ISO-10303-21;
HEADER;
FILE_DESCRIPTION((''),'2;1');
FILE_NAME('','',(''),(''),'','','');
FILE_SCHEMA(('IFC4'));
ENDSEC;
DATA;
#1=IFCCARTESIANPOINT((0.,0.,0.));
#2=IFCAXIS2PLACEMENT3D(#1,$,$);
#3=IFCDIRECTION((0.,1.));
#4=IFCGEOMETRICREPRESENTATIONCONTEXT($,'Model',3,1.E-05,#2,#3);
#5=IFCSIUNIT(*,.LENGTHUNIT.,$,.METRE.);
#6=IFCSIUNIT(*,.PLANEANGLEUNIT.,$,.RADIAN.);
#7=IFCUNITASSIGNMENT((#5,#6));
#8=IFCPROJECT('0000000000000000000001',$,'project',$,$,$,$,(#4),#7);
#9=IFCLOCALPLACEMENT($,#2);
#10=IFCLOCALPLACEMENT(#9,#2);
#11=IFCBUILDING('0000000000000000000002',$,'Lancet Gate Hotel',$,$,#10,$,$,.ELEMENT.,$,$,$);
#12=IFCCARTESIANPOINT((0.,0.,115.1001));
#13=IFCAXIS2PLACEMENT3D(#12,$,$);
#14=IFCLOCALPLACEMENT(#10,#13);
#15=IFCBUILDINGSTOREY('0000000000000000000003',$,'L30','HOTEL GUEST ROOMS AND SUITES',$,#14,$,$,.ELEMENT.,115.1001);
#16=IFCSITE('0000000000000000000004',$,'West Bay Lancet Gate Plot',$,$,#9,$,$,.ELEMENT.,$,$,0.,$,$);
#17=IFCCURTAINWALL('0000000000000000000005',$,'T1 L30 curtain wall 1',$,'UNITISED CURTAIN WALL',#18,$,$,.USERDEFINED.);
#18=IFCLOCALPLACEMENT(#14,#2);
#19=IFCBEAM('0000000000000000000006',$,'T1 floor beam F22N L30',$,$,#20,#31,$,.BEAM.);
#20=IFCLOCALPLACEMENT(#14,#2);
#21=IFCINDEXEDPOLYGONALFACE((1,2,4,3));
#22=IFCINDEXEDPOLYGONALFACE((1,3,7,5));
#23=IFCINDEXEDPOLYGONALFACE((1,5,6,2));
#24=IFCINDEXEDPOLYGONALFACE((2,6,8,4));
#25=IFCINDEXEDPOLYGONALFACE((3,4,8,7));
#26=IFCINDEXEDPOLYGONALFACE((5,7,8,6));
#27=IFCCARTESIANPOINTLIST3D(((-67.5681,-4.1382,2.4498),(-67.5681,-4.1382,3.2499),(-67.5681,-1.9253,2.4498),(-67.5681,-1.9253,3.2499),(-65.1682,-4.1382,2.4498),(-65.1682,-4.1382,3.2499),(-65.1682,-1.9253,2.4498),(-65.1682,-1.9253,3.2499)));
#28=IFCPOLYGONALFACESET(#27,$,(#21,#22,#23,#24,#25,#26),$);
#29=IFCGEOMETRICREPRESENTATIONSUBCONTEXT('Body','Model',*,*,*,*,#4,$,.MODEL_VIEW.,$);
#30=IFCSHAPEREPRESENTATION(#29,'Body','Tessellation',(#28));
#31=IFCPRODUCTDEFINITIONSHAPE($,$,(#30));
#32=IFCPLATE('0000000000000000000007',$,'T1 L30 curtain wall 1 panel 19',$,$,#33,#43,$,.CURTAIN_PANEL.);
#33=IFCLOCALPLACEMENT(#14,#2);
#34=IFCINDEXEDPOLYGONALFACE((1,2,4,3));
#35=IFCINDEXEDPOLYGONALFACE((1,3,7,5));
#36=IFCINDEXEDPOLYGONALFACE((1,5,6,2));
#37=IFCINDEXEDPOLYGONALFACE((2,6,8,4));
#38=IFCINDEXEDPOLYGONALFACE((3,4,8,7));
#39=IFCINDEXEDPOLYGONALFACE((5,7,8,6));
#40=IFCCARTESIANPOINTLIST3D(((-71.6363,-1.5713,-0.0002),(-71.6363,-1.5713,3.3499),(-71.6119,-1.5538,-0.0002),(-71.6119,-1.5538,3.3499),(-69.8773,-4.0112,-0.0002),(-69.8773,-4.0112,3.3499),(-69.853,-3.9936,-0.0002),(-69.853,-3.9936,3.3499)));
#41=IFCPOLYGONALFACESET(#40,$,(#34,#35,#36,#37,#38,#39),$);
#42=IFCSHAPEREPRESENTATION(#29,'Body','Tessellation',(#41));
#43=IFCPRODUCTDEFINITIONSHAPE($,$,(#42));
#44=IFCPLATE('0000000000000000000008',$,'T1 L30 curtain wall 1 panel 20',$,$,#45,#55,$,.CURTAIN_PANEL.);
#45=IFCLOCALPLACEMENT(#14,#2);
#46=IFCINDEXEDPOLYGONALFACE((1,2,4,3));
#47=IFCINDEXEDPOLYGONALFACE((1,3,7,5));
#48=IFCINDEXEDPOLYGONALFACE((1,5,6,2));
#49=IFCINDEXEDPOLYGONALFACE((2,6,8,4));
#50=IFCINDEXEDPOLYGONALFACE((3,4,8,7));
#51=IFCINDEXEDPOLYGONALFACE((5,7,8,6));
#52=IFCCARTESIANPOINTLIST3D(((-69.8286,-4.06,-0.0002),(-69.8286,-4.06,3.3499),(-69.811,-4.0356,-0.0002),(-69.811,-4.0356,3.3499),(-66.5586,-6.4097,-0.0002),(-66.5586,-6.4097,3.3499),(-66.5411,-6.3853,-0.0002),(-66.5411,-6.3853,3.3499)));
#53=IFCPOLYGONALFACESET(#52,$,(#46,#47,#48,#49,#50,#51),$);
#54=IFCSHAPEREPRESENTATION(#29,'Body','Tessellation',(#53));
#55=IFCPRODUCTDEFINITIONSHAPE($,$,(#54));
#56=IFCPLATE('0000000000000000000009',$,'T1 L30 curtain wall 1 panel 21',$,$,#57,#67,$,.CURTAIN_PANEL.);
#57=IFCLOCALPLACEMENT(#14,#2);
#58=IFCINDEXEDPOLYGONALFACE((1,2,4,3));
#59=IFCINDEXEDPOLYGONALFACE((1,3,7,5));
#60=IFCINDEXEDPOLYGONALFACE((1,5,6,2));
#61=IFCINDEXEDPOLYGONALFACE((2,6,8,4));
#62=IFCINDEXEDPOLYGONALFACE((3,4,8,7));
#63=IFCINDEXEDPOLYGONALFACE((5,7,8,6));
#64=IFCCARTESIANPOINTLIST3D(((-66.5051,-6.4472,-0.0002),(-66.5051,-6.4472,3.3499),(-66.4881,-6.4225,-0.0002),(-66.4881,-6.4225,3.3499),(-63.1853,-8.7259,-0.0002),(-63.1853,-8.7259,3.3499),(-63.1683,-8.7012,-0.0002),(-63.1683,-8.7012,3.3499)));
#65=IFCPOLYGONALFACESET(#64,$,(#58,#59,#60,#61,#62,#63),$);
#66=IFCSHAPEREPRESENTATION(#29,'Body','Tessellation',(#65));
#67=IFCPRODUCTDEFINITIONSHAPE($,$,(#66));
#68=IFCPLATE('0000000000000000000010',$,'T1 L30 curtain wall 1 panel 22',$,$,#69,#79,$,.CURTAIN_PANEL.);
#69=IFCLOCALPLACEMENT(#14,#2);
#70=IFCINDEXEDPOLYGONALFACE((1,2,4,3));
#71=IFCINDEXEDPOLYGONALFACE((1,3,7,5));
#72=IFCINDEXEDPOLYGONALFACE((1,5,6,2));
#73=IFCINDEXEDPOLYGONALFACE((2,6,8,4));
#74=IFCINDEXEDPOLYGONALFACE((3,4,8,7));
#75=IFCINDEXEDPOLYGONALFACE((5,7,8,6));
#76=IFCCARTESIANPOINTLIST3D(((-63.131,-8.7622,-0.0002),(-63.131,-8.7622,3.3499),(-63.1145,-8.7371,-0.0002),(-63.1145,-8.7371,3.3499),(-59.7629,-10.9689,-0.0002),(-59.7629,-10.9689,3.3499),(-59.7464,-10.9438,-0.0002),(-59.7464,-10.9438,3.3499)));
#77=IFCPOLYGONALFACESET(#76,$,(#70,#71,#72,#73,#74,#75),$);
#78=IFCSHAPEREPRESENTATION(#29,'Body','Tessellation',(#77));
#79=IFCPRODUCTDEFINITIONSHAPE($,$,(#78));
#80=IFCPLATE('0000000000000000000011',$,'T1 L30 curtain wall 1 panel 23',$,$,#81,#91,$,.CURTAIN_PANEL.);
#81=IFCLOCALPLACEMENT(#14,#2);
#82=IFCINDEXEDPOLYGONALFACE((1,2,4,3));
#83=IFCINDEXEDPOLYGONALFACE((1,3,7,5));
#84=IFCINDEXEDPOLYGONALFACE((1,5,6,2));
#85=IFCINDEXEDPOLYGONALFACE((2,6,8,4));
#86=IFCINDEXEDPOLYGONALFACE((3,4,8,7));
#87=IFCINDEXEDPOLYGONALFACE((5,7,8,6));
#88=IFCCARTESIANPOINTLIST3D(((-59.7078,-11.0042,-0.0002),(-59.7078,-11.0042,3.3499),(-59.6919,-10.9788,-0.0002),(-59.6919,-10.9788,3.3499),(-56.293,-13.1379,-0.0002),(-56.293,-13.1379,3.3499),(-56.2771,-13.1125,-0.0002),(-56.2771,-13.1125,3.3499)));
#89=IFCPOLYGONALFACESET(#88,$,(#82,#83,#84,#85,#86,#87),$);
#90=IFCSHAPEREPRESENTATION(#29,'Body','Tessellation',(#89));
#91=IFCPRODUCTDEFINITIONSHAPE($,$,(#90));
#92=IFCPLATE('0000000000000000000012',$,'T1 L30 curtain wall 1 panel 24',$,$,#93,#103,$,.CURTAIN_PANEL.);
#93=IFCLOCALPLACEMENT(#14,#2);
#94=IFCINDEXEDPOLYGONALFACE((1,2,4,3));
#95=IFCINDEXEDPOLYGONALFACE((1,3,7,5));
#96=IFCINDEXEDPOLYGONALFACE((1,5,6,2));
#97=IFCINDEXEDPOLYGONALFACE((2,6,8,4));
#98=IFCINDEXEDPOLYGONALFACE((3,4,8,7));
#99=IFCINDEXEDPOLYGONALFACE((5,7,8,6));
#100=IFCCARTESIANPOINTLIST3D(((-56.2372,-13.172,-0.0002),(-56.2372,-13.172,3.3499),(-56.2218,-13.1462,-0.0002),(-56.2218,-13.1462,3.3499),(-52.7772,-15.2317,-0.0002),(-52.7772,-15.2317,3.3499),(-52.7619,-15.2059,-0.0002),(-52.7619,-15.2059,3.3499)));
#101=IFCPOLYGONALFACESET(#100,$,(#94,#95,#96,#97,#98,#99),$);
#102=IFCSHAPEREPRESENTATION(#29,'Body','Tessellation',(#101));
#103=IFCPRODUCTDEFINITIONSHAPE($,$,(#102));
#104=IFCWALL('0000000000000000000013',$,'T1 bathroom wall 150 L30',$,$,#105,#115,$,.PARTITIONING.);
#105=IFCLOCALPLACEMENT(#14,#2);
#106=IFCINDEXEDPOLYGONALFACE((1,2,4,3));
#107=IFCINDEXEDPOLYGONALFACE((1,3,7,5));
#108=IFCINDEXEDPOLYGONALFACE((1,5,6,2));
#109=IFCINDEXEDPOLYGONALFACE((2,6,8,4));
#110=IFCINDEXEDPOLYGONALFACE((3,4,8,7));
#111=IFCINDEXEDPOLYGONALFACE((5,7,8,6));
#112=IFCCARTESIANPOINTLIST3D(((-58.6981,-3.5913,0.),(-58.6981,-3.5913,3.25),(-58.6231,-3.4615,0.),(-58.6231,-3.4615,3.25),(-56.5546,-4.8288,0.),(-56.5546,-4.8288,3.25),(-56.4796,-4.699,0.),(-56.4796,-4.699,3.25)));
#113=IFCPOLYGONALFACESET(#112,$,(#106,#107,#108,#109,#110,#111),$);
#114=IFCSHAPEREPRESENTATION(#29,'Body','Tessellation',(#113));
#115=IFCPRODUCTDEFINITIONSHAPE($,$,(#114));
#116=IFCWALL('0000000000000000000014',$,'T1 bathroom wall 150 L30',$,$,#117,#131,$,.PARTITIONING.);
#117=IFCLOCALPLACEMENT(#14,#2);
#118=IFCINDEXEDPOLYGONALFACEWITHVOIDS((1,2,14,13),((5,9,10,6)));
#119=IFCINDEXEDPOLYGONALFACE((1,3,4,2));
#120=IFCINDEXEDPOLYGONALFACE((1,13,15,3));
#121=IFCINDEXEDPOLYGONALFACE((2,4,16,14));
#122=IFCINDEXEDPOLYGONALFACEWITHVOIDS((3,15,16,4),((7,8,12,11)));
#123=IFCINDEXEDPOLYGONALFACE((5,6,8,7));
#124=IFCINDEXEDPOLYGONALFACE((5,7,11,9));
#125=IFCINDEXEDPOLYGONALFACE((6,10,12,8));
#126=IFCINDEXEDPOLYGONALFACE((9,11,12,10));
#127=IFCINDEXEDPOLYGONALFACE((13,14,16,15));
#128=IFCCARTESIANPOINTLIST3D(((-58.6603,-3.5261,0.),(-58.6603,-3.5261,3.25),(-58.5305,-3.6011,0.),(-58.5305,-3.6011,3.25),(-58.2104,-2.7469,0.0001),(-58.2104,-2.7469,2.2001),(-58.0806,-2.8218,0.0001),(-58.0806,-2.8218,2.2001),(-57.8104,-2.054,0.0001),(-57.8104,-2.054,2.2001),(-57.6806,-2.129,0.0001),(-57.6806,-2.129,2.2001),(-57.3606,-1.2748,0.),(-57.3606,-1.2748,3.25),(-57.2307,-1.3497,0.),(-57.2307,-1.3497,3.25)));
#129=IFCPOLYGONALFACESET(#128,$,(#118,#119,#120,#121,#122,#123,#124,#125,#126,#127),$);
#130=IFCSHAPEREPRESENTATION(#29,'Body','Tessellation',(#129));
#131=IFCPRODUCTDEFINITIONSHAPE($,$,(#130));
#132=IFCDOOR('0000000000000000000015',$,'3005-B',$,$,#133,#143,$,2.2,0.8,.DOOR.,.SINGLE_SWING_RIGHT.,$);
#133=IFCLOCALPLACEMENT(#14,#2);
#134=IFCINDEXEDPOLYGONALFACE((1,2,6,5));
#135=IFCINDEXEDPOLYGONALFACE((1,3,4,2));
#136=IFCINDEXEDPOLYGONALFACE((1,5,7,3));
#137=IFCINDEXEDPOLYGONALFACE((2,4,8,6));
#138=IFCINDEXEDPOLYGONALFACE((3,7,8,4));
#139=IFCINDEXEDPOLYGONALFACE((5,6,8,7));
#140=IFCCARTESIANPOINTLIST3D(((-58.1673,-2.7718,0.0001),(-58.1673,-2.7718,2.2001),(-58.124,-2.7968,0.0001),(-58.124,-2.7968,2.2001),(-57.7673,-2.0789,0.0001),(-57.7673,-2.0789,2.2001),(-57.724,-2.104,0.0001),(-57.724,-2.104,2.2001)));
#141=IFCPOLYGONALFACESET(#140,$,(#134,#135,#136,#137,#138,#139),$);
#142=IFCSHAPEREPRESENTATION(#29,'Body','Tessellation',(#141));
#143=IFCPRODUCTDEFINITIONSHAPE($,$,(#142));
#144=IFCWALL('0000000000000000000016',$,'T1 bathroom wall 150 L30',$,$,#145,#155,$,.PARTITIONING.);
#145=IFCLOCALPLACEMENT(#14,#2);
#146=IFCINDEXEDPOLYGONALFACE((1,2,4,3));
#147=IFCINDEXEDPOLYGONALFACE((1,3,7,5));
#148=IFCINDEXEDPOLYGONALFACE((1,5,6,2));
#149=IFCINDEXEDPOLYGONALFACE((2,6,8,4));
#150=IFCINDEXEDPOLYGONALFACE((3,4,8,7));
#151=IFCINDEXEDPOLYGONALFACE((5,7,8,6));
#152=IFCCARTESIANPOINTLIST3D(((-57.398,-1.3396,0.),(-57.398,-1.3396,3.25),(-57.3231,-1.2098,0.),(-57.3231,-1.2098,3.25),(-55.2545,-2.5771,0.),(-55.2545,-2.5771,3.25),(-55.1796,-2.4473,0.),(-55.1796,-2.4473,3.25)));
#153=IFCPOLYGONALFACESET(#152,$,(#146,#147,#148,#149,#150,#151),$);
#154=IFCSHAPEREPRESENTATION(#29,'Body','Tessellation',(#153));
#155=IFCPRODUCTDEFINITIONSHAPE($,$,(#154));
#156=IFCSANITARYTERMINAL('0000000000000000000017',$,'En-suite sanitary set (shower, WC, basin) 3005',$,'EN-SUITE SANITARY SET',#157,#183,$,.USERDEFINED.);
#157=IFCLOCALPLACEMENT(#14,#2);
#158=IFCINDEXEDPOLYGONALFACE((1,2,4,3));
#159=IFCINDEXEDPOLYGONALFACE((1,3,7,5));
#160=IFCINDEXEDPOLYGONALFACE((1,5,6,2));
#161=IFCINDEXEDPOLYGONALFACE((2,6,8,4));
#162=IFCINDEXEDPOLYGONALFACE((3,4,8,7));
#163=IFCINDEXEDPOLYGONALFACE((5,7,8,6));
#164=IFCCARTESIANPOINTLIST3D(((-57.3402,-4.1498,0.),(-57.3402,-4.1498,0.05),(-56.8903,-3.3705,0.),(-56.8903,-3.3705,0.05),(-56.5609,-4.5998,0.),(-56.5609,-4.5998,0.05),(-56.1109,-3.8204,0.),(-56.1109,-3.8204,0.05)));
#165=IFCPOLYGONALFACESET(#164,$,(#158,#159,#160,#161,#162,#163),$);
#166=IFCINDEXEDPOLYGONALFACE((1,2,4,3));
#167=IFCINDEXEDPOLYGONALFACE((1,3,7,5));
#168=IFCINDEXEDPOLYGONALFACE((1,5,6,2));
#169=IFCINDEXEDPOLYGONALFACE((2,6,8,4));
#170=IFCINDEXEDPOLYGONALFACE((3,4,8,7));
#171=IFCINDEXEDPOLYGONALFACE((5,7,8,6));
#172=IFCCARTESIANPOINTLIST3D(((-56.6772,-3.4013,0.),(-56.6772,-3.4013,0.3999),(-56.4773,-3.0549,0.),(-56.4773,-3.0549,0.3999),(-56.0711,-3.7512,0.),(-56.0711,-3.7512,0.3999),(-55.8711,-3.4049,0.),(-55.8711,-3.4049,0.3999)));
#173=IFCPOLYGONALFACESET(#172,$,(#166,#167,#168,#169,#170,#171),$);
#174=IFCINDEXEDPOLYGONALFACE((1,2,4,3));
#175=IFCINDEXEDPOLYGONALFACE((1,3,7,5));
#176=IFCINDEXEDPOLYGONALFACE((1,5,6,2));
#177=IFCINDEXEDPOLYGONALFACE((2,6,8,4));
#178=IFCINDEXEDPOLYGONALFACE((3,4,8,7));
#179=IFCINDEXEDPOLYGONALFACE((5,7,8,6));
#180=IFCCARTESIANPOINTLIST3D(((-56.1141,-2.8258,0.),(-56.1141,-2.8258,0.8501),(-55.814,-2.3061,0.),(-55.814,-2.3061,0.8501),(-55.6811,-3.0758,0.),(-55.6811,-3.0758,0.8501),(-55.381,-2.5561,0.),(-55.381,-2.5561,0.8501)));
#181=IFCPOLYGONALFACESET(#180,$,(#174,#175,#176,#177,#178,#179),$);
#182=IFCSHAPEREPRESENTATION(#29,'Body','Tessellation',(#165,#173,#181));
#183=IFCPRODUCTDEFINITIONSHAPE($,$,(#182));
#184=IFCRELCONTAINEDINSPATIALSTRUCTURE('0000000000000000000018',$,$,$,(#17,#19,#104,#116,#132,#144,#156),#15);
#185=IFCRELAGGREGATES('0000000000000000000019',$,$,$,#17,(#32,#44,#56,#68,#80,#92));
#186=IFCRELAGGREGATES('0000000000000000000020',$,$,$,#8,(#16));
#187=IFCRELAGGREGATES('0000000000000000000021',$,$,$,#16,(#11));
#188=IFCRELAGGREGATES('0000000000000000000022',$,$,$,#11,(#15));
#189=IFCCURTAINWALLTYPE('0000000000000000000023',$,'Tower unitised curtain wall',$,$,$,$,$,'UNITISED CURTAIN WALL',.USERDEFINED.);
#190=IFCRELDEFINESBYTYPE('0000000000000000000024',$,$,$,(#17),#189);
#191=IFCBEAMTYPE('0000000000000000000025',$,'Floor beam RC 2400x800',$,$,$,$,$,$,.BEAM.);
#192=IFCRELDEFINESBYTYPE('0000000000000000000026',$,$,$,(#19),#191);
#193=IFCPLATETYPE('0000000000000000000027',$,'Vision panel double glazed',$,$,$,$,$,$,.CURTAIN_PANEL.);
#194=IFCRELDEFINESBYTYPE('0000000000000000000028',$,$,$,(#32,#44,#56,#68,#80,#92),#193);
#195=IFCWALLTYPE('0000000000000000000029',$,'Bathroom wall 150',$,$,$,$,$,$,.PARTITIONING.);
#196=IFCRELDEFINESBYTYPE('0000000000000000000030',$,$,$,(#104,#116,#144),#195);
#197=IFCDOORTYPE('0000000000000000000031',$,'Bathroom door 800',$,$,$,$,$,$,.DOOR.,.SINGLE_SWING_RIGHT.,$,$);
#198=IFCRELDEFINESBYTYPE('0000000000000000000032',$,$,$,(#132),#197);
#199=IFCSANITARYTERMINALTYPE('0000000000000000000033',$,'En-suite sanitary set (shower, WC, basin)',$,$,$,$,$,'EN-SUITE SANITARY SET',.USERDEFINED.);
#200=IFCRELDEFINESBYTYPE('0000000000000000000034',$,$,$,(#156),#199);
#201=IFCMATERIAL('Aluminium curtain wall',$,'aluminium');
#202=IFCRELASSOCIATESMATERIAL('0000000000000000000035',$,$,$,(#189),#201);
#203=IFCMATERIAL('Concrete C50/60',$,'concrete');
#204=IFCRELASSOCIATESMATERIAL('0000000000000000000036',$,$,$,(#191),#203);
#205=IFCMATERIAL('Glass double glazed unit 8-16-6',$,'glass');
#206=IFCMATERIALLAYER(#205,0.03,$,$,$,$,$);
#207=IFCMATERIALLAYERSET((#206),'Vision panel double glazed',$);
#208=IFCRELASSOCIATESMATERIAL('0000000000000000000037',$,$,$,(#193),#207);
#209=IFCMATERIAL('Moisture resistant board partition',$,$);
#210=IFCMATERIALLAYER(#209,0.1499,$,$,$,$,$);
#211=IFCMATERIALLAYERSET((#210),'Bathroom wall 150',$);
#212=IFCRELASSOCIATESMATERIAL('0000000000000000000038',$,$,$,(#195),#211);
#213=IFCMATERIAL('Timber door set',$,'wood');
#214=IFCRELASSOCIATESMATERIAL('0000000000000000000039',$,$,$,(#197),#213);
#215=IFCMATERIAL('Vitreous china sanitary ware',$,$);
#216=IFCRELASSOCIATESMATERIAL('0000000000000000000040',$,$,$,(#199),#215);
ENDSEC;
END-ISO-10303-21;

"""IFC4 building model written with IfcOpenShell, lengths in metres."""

from ifc_helpers import new_model, si_unit, direction, frame, frame_2d, origin, origin_2d, place, context, subcontext, project, spatial, rectangle, extrude, material, layer, layer_set, material_profile, profile_set, type_object, element, fill, aggregate, save


model = new_model("IFC4")

# Units and contexts
model_context = context("Model", 3, precision=1e-05, world=origin(), true_north=direction((0.0, 1.0)))
body_context = subcontext(model_context, "Body", "Model", "MODEL_VIEW")
ifc_project = project(units=[si_unit("LENGTHUNIT", "METRE"), si_unit("PLANEANGLEUNIT", "RADIAN")], contexts=[model_context])

# Site, building, storey
site_placement = place(None, origin())
site = spatial("IfcSite", under=ifc_project, at=site_placement, Name="West Bay Lancet Gate Plot", CompositionType="ELEMENT", RefElevation=0.0)
building_placement = place(site_placement, origin())
building = spatial("IfcBuilding", under=site, at=building_placement, Name="Lancet Gate Hotel", CompositionType="ELEMENT")
storey_placement = place(building_placement, frame((0.0, 0.0, 115.1001)))
storey = spatial("IfcBuildingStorey", under=building, at=storey_placement, Name="L30", Description="HOTEL GUEST ROOMS AND SUITES", CompositionType="ELEMENT", Elevation=115.1001)

# Curtain wall
ifc_material_1 = material(Name="Aluminium curtain wall", Category="aluminium")
curtain_wall_type = type_object("IfcCurtainWallType", Name="Tower unitised curtain wall", ElementType="UNITISED CURTAIN WALL", PredefinedType="USERDEFINED", material=ifc_material_1)
curtain_wall_placement = place(storey_placement, origin())
curtain_wall = element("IfcCurtainWall", 1, at=curtain_wall_placement, inside=storey, type_object=curtain_wall_type, Name="T1 L30 curtain wall 1", ObjectType="UNITISED CURTAIN WALL", PredefinedType="USERDEFINED")

# Beam
ifc_material_2 = material(Name="Concrete C50/60", Category="concrete")
ifc_material_profile_1 = material_profile(ifc_material_2, rectangle(XDim=2.3999, YDim=0.8, at=origin_2d()), Name="RC 2400x800")
ifc_profile_set_1 = profile_set([ifc_material_profile_1], Name="Concrete C50/60")
beam_type_1 = type_object("IfcBeamType", Name="Floor beam RC 2400x800", PredefinedType="BEAM", material=ifc_profile_set_1)
beam_1_placement = place(storey_placement, frame((-66.3682, -1.9253, 2.8499), z_axis=(0.0, -1.0, 0.0), x_axis=(1.0, 0.0, 0.0)))
element("IfcBeam", 2, at=beam_1_placement, inside=storey, type_object=beam_type_1, Name="T1 floor beam F22N L30", PredefinedType="BEAM", context=body_context, shape_type="SweptSolid", body=[
    extrude(rectangle(XDim=2.3999, YDim=0.8, at=origin_2d()), origin(), (0.0, 0.0, 1.0), 2.2129),
])

# Plates
ifc_material_3 = material(Name="Glass double glazed unit 8-16-6", Category="glass")
ifc_layer_1 = layer(ifc_material_3, 0.03)
ifc_layer_set_1 = layer_set([ifc_layer_1], Name="Vision panel double glazed")
plate_type = type_object("IfcPlateType", Name="Vision panel double glazed", PredefinedType="CURTAIN_PANEL", material=ifc_layer_set_1)
plate_1_placement = place(storey_placement, frame((-70.7446, -2.7825, -0.0002), z_axis=(0.0, 0.0, 1.0), x_axis=(0.584809, -0.811171, 0.0)))
plate_1 = element("IfcPlate", 3, at=plate_1_placement, type_object=plate_type, Name="T1 L30 curtain wall 1 panel 19", PredefinedType="CURTAIN_PANEL", context=body_context, shape_type="SweptSolid", body=[
    extrude(rectangle(XDim=3.0078, YDim=0.03, at=origin_2d()), origin(), (0.0, 0.0, 1.0), 3.3501),
])
plate_2_placement = place(storey_placement, frame((-68.1848, -5.2227, -0.0002), z_axis=(0.0, 0.0, 1.0), x_axis=(0.812093, -0.583528, 0.0)))
plate_2 = element("IfcPlate", 4, at=plate_2_placement, type_object=plate_type, Name="T1 L30 curtain wall 1 panel 20", PredefinedType="CURTAIN_PANEL", context=body_context, shape_type="SweptSolid", body=[
    extrude(rectangle(XDim=4.0266, YDim=0.03, at=origin_2d()), origin(), (0.0, 0.0, 1.0), 3.3501),
])
plate_3_placement = place(storey_placement, frame((-64.8367, -7.5742, -0.0002), z_axis=(0.0, 0.0, 1.0), x_axis=(0.824466, -0.565911, 0.0)))
plate_3 = element("IfcPlate", 5, at=plate_3_placement, type_object=plate_type, Name="T1 L30 curtain wall 1 panel 21", PredefinedType="CURTAIN_PANEL", context=body_context, shape_type="SweptSolid", body=[
    extrude(rectangle(XDim=4.0266, YDim=0.03, at=origin_2d()), origin(), (0.0, 0.0, 1.0), 3.3501),
])
plate_4_placement = place(storey_placement, frame((-61.4387, -9.853, -0.0002), z_axis=(0.0, 0.0, 1.0), x_axis=(0.836458, -0.548032, 0.0)))
plate_4 = element("IfcPlate", 6, at=plate_4_placement, type_object=plate_type, Name="T1 L30 curtain wall 1 panel 22", PredefinedType="CURTAIN_PANEL", context=body_context, shape_type="SweptSolid", body=[
    extrude(rectangle(XDim=4.0266, YDim=0.03, at=origin_2d()), origin(), (0.0, 0.0, 1.0), 3.3501),
])
plate_5_placement = place(storey_placement, frame((-57.9924, -12.0583, -0.0002), z_axis=(0.0, 0.0, 1.0), x_axis=(0.848061, -0.529899, 0.0)))
plate_5 = element("IfcPlate", 7, at=plate_5_placement, type_object=plate_type, Name="T1 L30 curtain wall 1 panel 23", PredefinedType="CURTAIN_PANEL", context=body_context, shape_type="SweptSolid", body=[
    extrude(rectangle(XDim=4.0266, YDim=0.03, at=origin_2d()), origin(), (0.0, 0.0, 1.0), 3.3501),
])
plate_6_placement = place(storey_placement, frame((-54.4995, -14.189, -0.0002), z_axis=(0.0, 0.0, 1.0), x_axis=(0.859271, -0.51152, 0.0)))
plate_6 = element("IfcPlate", 8, at=plate_6_placement, type_object=plate_type, Name="T1 L30 curtain wall 1 panel 24", PredefinedType="CURTAIN_PANEL", context=body_context, shape_type="SweptSolid", body=[
    extrude(rectangle(XDim=4.0266, YDim=0.03, at=origin_2d()), origin(), (0.0, 0.0, 1.0), 3.3501),
])
aggregate(curtain_wall, [plate_1, plate_2, plate_3, plate_4, plate_5, plate_6])

# Wall
ifc_material_4 = material(Name="Moisture resistant board partition")
ifc_layer_2 = layer(ifc_material_4, 0.1499)
ifc_layer_set_2 = layer_set([ifc_layer_2], Name="Bathroom wall 150")
wall_type = type_object("IfcWallType", Name="Bathroom wall 150", PredefinedType="PARTITIONING", material=ifc_layer_set_2)
wall_1_placement = place(storey_placement, frame((-56.5171, -4.7639, 0.0), z_axis=(0.0, 0.0, 1.0), x_axis=(-0.866031, 0.49999, 0.0)))
element("IfcWall", 9, at=wall_1_placement, inside=storey, type_object=wall_type, Name="T1 bathroom wall 150 L30", PredefinedType="PARTITIONING", context=body_context, shape_type="SweptSolid", body=[
    extrude(rectangle(XDim=2.4751, YDim=0.1499, at=frame_2d((1.2375, 0.0))), origin(), (0.0, 0.0, 1.0), 3.25),
])

# Wall, opening, door
wall_2_placement = place(storey_placement, frame((-57.2957, -1.3123, 0.0), z_axis=(0.0, 0.0, 1.0), x_axis=(-0.499977, -0.866039, 0.0)))
wall_2 = element("IfcWall", 10, at=wall_2_placement, inside=storey, type_object=wall_type, Name="T1 bathroom wall 150 L30", PredefinedType="PARTITIONING", context=body_context, shape_type="SweptSolid", body=[
    extrude(rectangle(XDim=2.5996, YDim=0.1499, at=frame_2d((1.2998, 0.0))), origin(), (0.0, 0.0, 1.0), 3.25),
])
opening_placement = place(wall_2_placement, frame((0.8999, 0.0, 0.0)))
opening = element("IfcOpeningElement", 11, at=opening_placement, cuts=wall_2, PredefinedType="OPENING", context=body_context, shape_type="SweptSolid", body=[
    extrude(rectangle(XDim=0.8, YDim=2.2, at=frame_2d((0.3999, 1.1001))), frame((0.0, 0.085, 0.0), z_axis=(0.0, -1.0, 0.0), x_axis=(1.0, 0.0, 0.0)), (0.0, 0.0, 1.0), 0.1699),
])
ifc_material_5 = material(Name="Timber door set", Category="wood")
door_type = type_object("IfcDoorType", Name="Bathroom door 800", OperationType="SINGLE_SWING_RIGHT", PredefinedType="DOOR", material=ifc_material_5)
door_placement = place(opening_placement, origin())
door = element("IfcDoor", 12, at=door_placement, inside=storey, type_object=door_type, Name="3005-B", OperationType="SINGLE_SWING_RIGHT", OverallHeight=2.2, OverallWidth=0.8, PredefinedType="DOOR", context=body_context, shape_type="SweptSolid", body=[
    extrude(rectangle(XDim=0.8, YDim=2.2, at=frame_2d((0.3999, 1.1001))), frame((0.0, 0.0249, 0.0), z_axis=(0.0, -1.0, 0.0), x_axis=(1.0, 0.0, 0.0)), (0.0, 0.0, 1.0), 0.05),
])
fill(opening, door)

# Wall
wall_3_placement = place(storey_placement, frame((-55.217, -2.5122, 0.0), z_axis=(0.0, 0.0, 1.0), x_axis=(-0.866031, 0.49999, 0.0)))
element("IfcWall", 13, at=wall_3_placement, inside=storey, type_object=wall_type, Name="T1 bathroom wall 150 L30", PredefinedType="PARTITIONING", context=body_context, shape_type="SweptSolid", body=[
    extrude(rectangle(XDim=2.4751, YDim=0.1499, at=frame_2d((1.2375, 0.0))), origin(), (0.0, 0.0, 1.0), 3.25),
])

# Sanitary terminal
ifc_material_6 = material(Name="Vitreous china sanitary ware")
sanitary_terminal_type = type_object("IfcSanitaryTerminalType", Name="En-suite sanitary set (shower, WC, basin)", ElementType="EN-SUITE SANITARY SET", PredefinedType="USERDEFINED", material=ifc_material_6)
sanitary_terminal_placement = place(storey_placement, frame((-56.7256, -3.9851, 0.0), z_axis=(0.0, 0.0, 1.0), x_axis=(1.0, 0.0, 0.0)))
element("IfcSanitaryTerminal", 14, at=sanitary_terminal_placement, inside=storey, type_object=sanitary_terminal_type, Name="En-suite sanitary set (shower, WC, basin) 3005", ObjectType="EN-SUITE SANITARY SET", PredefinedType="USERDEFINED", context=body_context, shape_type="SweptSolid", body=[
    extrude(rectangle(XDim=0.8999, YDim=0.8999, at=origin_2d()), frame((0.0, 0.0, 0.0), z_axis=(0.0, 0.0, 1.0), x_axis=(-0.5, -0.866025, 0.0)), (0.0, 0.0, 1.0), 0.05),
    extrude(rectangle(XDim=0.3999, YDim=0.7, at=origin_2d()), frame((0.4514, 0.582, 0.0), z_axis=(0.0, 0.0, 1.0), x_axis=(-0.5, -0.866025, 0.0)), (0.0, 0.0, 1.0), 0.3999),
    extrude(rectangle(XDim=0.6001, YDim=0.5, at=origin_2d()), frame((0.978, 1.2942, 0.0), z_axis=(0.0, 0.0, 1.0), x_axis=(-0.5, -0.866025, 0.0)), (0.0, 0.0, 1.0), 0.8501),
])

save(model, "model.ifc")
